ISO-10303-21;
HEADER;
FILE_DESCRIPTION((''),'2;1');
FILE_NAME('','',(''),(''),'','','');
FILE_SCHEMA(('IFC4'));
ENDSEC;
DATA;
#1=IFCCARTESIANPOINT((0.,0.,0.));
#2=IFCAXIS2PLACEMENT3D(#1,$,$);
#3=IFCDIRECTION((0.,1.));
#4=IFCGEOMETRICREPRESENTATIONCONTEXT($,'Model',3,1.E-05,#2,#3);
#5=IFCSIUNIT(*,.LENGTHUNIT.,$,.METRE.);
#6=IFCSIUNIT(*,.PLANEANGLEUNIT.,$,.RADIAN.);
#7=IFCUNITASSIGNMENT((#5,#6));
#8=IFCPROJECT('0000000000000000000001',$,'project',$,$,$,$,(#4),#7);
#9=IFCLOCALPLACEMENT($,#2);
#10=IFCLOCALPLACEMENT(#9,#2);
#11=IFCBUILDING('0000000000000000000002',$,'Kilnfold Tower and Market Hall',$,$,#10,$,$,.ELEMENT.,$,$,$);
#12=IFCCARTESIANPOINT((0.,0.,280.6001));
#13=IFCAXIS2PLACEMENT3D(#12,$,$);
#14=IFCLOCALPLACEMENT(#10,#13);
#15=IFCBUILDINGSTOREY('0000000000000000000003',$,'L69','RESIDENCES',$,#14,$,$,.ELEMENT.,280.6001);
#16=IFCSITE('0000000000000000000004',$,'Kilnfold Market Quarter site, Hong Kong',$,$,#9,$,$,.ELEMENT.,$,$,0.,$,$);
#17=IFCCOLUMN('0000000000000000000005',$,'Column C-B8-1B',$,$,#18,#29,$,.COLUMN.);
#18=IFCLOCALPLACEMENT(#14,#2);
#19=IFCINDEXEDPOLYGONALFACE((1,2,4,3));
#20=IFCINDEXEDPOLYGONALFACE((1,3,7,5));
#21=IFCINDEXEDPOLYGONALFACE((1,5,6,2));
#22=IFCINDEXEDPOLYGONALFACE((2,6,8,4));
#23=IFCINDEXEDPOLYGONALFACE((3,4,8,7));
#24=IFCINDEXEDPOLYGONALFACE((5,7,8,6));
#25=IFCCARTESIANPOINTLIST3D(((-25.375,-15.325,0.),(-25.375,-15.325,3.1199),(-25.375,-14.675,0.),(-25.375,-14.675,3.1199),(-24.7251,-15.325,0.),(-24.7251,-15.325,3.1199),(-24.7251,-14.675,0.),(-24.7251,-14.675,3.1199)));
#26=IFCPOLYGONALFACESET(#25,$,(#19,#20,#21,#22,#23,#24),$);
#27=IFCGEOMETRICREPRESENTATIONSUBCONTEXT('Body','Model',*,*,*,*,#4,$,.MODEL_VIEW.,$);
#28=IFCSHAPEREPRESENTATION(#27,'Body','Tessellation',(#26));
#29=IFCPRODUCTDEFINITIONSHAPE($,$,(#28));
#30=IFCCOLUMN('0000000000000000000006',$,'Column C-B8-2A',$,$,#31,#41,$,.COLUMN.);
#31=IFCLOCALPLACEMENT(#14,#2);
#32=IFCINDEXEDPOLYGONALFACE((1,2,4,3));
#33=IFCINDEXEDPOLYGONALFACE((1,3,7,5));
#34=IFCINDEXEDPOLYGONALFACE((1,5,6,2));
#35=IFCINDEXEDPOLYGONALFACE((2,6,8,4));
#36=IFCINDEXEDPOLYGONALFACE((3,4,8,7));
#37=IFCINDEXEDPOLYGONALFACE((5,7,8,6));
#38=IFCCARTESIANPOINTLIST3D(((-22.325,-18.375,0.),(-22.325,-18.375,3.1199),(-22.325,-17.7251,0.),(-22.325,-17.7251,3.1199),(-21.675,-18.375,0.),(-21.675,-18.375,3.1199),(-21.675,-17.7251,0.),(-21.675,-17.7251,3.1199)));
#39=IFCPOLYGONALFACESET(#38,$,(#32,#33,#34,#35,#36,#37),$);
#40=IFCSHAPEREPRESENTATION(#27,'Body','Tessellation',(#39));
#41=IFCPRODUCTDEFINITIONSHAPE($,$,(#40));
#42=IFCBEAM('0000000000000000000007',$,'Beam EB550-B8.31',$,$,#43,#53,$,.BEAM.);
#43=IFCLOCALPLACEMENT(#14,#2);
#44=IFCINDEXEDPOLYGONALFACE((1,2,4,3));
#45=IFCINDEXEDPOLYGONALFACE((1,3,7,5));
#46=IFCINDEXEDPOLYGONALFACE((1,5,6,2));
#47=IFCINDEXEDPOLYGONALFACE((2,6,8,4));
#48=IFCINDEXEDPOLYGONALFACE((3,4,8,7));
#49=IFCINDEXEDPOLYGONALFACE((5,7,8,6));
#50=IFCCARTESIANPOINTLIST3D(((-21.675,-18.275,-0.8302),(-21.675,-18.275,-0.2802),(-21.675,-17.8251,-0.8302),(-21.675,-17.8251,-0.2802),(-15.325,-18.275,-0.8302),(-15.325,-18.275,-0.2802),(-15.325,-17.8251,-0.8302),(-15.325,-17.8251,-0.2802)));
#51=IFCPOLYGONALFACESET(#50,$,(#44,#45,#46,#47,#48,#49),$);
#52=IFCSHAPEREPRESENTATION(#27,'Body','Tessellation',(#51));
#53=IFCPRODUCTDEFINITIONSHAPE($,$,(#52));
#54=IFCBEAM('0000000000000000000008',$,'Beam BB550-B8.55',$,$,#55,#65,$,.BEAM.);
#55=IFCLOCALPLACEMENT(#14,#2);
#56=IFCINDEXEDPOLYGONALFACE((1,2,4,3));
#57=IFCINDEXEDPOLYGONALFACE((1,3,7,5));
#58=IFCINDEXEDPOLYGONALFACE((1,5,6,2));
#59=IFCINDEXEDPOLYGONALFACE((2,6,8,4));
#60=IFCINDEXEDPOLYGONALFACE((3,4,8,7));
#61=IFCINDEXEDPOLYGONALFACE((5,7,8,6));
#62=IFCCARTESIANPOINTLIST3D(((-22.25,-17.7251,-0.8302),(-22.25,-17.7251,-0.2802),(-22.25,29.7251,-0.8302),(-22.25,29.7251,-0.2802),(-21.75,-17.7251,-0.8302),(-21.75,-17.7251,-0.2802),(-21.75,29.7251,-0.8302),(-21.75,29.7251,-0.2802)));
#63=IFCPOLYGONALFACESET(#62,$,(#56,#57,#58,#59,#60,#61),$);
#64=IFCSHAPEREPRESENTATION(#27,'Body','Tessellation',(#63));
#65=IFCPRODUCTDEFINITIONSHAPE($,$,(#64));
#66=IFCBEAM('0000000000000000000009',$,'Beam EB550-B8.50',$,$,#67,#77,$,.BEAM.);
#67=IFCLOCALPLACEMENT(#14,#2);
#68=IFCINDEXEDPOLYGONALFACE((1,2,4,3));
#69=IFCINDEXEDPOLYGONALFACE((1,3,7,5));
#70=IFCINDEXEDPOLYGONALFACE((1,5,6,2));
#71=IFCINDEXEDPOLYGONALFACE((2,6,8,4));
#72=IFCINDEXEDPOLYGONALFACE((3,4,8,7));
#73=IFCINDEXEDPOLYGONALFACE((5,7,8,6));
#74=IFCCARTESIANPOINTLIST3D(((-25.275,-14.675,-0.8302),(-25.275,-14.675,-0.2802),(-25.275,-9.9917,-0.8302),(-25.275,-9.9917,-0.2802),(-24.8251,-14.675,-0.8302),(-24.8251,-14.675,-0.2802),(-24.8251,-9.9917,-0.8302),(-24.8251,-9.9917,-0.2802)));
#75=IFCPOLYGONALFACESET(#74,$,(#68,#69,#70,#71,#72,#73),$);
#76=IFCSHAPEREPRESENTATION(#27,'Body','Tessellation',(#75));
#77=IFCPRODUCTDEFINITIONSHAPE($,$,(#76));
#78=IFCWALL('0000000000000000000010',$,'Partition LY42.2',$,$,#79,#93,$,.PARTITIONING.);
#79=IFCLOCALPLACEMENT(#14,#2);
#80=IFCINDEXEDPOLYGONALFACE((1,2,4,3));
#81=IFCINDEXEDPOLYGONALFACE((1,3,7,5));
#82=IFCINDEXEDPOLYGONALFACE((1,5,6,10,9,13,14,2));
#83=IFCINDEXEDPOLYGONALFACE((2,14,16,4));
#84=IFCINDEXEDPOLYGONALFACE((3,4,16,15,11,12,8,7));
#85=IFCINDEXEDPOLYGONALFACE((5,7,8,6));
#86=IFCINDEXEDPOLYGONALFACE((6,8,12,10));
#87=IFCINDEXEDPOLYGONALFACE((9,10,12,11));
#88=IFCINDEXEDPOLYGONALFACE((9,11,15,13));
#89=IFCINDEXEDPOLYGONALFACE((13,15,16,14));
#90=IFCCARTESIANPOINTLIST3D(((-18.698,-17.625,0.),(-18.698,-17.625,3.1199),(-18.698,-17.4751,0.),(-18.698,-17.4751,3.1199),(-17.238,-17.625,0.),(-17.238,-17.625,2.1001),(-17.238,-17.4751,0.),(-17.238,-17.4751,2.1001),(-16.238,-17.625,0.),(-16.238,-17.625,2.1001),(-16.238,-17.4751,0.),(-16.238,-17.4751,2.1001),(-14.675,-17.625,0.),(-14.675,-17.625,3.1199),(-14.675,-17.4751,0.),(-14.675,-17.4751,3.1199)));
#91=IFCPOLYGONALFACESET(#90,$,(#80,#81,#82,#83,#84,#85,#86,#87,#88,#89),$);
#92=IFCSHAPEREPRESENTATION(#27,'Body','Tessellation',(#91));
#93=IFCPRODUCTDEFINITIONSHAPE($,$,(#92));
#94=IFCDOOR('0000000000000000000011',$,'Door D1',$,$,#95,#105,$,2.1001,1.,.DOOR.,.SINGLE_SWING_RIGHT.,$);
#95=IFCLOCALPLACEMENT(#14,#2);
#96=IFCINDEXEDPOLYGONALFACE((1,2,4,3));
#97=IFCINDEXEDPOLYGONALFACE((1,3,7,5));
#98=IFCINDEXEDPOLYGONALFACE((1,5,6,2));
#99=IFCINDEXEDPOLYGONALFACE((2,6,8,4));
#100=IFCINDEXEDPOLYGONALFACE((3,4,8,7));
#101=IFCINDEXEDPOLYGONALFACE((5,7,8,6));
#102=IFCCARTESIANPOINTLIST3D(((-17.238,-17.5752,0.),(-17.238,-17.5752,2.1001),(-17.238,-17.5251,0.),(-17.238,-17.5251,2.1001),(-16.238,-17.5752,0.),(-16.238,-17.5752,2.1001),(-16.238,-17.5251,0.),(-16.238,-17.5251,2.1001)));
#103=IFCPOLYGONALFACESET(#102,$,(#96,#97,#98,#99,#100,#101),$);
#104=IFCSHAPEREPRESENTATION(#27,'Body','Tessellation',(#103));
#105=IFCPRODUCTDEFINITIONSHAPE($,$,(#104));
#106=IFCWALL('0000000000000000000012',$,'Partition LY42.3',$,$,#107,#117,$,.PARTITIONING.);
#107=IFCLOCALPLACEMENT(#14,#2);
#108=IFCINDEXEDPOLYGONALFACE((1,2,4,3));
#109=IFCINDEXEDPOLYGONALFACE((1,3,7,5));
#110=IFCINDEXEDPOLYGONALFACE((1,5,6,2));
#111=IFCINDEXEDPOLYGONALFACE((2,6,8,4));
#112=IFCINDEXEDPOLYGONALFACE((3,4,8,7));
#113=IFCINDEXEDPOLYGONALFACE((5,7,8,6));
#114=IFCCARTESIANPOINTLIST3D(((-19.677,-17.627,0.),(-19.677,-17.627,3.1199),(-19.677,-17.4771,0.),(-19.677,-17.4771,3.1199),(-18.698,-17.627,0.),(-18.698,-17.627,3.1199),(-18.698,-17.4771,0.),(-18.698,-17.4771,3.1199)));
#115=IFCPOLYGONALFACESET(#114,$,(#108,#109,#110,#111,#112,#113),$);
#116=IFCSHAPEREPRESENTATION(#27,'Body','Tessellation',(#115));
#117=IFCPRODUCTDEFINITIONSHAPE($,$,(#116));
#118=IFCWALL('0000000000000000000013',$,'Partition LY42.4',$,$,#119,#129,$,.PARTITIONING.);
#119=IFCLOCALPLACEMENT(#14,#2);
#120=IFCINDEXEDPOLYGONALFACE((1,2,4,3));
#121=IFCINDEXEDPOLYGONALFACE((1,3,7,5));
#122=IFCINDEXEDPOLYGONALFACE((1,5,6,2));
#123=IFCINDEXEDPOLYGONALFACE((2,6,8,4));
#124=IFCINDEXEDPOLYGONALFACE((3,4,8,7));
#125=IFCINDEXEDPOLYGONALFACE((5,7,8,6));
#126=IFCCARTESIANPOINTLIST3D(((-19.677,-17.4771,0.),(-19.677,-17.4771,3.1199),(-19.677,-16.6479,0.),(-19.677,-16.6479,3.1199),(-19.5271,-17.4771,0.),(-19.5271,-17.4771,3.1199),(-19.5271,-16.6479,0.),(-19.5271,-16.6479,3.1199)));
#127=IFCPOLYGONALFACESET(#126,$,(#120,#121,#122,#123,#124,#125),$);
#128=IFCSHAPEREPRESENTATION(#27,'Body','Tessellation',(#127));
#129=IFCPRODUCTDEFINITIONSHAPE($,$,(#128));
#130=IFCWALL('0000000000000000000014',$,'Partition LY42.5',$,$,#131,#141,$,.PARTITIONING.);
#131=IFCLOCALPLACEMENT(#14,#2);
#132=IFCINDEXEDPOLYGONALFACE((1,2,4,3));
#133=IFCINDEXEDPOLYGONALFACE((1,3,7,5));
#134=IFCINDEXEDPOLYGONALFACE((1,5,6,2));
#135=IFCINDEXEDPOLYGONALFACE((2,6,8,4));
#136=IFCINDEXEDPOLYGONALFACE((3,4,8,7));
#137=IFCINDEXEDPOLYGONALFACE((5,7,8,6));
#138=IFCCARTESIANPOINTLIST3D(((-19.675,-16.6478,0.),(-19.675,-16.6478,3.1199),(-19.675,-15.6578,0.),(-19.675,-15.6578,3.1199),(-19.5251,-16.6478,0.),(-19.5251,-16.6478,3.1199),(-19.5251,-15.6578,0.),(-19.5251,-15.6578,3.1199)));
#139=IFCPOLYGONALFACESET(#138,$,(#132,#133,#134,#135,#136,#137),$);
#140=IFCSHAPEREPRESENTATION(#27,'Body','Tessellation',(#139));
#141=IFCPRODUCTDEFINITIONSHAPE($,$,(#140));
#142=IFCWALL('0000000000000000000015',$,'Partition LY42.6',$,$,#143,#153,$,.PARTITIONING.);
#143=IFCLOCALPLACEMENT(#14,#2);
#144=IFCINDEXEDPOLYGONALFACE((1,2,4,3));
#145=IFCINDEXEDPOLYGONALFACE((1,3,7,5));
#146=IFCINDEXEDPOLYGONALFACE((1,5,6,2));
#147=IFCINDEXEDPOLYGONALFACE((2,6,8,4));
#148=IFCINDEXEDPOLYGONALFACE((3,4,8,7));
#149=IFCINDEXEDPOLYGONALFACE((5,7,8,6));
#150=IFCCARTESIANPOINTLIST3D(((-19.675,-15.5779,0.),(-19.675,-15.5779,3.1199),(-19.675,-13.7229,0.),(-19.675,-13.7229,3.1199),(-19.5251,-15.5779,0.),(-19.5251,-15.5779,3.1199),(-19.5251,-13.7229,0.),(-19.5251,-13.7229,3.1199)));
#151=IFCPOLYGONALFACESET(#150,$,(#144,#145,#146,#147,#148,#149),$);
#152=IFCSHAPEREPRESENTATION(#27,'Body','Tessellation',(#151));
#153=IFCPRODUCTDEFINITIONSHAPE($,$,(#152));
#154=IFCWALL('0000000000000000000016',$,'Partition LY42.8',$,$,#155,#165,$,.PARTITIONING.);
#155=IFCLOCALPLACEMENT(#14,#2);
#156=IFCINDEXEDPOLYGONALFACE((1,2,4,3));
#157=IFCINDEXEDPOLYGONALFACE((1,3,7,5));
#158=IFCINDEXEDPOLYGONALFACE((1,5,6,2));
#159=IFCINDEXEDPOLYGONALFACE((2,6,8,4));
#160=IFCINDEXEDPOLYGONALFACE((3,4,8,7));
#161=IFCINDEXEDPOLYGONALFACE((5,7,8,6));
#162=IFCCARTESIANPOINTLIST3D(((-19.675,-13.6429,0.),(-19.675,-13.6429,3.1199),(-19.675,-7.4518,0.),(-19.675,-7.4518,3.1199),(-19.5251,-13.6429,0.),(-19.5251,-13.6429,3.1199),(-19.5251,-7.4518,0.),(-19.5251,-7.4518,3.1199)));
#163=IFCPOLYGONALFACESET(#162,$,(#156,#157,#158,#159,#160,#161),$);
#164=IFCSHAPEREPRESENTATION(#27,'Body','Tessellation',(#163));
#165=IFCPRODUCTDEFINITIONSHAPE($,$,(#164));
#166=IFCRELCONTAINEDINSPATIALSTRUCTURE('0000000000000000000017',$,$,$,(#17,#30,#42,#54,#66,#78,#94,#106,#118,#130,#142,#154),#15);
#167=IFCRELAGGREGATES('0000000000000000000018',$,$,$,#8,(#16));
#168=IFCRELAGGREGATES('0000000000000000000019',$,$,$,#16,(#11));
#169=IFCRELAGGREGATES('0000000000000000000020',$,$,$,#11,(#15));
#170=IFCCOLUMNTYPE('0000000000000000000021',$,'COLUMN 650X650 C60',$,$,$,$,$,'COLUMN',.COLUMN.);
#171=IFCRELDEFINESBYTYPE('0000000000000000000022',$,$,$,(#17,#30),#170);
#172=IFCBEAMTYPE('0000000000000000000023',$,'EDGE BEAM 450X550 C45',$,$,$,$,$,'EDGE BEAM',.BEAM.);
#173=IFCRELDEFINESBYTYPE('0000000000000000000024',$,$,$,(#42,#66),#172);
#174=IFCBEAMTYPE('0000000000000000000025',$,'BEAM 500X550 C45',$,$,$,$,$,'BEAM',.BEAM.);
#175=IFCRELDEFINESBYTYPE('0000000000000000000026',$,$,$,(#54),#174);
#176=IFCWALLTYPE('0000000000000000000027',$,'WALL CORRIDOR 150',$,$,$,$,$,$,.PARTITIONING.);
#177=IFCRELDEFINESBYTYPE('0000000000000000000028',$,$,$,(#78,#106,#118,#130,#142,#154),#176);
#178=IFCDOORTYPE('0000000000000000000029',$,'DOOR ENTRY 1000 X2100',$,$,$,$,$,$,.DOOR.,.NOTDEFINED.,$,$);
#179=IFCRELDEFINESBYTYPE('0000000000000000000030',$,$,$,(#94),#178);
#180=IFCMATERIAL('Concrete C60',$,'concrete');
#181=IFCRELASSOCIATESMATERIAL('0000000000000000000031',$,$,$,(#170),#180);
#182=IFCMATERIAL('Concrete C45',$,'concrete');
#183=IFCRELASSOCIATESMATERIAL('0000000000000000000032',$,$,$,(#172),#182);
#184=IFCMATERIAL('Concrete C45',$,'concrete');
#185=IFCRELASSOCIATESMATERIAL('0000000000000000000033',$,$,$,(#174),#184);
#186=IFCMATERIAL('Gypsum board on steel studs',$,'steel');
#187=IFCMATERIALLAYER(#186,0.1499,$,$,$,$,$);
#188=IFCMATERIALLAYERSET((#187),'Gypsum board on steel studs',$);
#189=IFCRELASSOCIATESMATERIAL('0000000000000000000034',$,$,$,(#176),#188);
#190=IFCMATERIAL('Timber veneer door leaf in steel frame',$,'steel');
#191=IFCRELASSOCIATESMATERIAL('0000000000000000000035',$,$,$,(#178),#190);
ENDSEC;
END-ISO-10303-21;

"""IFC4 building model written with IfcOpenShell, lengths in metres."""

from ifc_helpers import new_model, si_unit, direction, frame, frame_2d, origin, origin_2d, place, context, subcontext, project, spatial, rectangle, extrude, source, transform, mapped, material, layer, layer_set, material_profile, profile_set, type_object, element, fill, save


model = new_model("IFC4")

# Units and contexts
model_context = context("Model", 3, precision=1e-05, world=origin(), true_north=direction((0.0, 1.0)))
body_context = subcontext(model_context, "Body", "Model", "MODEL_VIEW")
ifc_project = project(units=[si_unit("LENGTHUNIT", "METRE"), si_unit("PLANEANGLEUNIT", "RADIAN")], contexts=[model_context])

# Site, building, storey
site_placement = place(None, origin())
site = spatial("IfcSite", under=ifc_project, at=site_placement, Name="Kilnfold Market Quarter site, Hong Kong", CompositionType="ELEMENT", RefElevation=0.0)
building_placement = place(site_placement, origin())
building = spatial("IfcBuilding", under=site, at=building_placement, Name="Kilnfold Tower and Market Hall", CompositionType="ELEMENT")
storey_placement = place(building_placement, frame((0.0, 0.0, 280.6001)))
storey = spatial("IfcBuildingStorey", under=building, at=storey_placement, Name="L69", Description="RESIDENCES", CompositionType="ELEMENT", Elevation=280.6001)

# Columns
ifc_material_1 = material(Name="Concrete C60", Category="concrete")
ifc_material_profile_1 = material_profile(ifc_material_1, rectangle(XDim=0.6499, YDim=0.6499, at=origin_2d()), Name="RC 650x650")
ifc_profile_set_1 = profile_set([ifc_material_profile_1], Name="Concrete C60")
column_type = type_object("IfcColumnType", Name="COLUMN 650X650 C60", ElementType="COLUMN", PredefinedType="COLUMN", material=ifc_profile_set_1)
shared_shape_1 = source(origin(), body_context, "Body", "SweptSolid", [
    extrude(rectangle(XDim=0.6499, YDim=0.6499, at=origin_2d()), origin(), (0.0, 0.0, 1.0), 3.1199),
])
for number, where, z_axis, x_axis, name in (
    (1, (-25.05, -15.0, 0.0), (0.0, 0.0, 1.0), (1.0, 0.0, 0.0), "Column C-B8-1B"),
    (2, (-22.0, -18.05, 0.0), (0.0, 0.0, 1.0), (1.0, 0.0, 0.0), "Column C-B8-2A"),
):
    element("IfcColumn", number, at=place(storey_placement, frame(where, z_axis=z_axis, x_axis=x_axis)), inside=storey, type_object=column_type, Name=name, PredefinedType="COLUMN", context=body_context, shape_type="MappedRepresentation", body=[
        mapped(shared_shape_1, transform((0.0, 0.0, 0.0))),
    ])

# Beams
ifc_material_2 = material(Name="Concrete C45", Category="concrete")
ifc_material_profile_2 = material_profile(ifc_material_2, rectangle(XDim=0.45, YDim=0.55, at=origin_2d()), Name="RC 450x550")
ifc_profile_set_2 = profile_set([ifc_material_profile_2], Name="Concrete C45")
beam_type_1 = type_object("IfcBeamType", Name="EDGE BEAM 450X550 C45", ElementType="EDGE BEAM", PredefinedType="BEAM", material=ifc_profile_set_2)
shared_shape_2 = source(origin(), body_context, "Body", "SweptSolid", [
    extrude(rectangle(XDim=0.45, YDim=0.55, at=origin_2d()), origin(), (0.0, 0.0, 1.0), 6.3501),
])
beam_1_placement = place(storey_placement, frame((-21.675, -18.05, -0.5552), z_axis=(1.0, 0.0, 0.0), x_axis=(0.0, 1.0, 0.0)))
element("IfcBeam", 3, at=beam_1_placement, inside=storey, type_object=beam_type_1, Name="Beam EB550-B8.31", PredefinedType="BEAM", context=body_context, shape_type="MappedRepresentation", body=[
    mapped(shared_shape_2, transform((0.0, 0.0, 0.0))),
])
ifc_material_3 = material(Name="Concrete C45", Category="concrete")
ifc_material_profile_3 = material_profile(ifc_material_3, rectangle(XDim=0.5, YDim=0.55, at=origin_2d()), Name="RC 500x550")
ifc_profile_set_3 = profile_set([ifc_material_profile_3], Name="Concrete C45")
beam_type_2 = type_object("IfcBeamType", Name="BEAM 500X550 C45", ElementType="BEAM", PredefinedType="BEAM", material=ifc_profile_set_3)
shared_shape_3 = source(origin(), body_context, "Body", "SweptSolid", [
    extrude(rectangle(XDim=0.5, YDim=0.55, at=origin_2d()), origin(), (0.0, 0.0, 1.0), 47.4502),
])
beam_2_placement = place(storey_placement, frame((-22.0, -17.7251, -0.5552), z_axis=(0.0, 1.0, 0.0), x_axis=(-1.0, 0.0, 0.0)))
element("IfcBeam", 4, at=beam_2_placement, inside=storey, type_object=beam_type_2, Name="Beam BB550-B8.55", PredefinedType="BEAM", context=body_context, shape_type="MappedRepresentation", body=[
    mapped(shared_shape_3, transform((0.0, 0.0, 0.0))),
])
shared_shape_4 = source(origin(), body_context, "Body", "SweptSolid", [
    extrude(rectangle(XDim=0.45, YDim=0.55, at=origin_2d()), origin(), (0.0, 0.0, 1.0), 4.6833),
])
beam_3_placement = place(storey_placement, frame((-25.05, -14.675, -0.5552), z_axis=(0.0, 1.0, 0.0), x_axis=(-1.0, 0.0, 0.0)))
element("IfcBeam", 5, at=beam_3_placement, inside=storey, type_object=beam_type_1, Name="Beam EB550-B8.50", PredefinedType="BEAM", context=body_context, shape_type="MappedRepresentation", body=[
    mapped(shared_shape_4, transform((0.0, 0.0, 0.0))),
])

# Wall, opening, door
ifc_material_4 = material(Name="Gypsum board on steel studs", Category="steel")
ifc_layer_1 = layer(ifc_material_4, 0.1499)
ifc_layer_set_1 = layer_set([ifc_layer_1], Name="Gypsum board on steel studs")
wall_type_1 = type_object("IfcWallType", Name="WALL CORRIDOR 150", PredefinedType="PARTITIONING", material=ifc_layer_set_1)
wall_1_placement = place(storey_placement, frame((-18.698, -17.55, 0.0), z_axis=(0.0, 0.0, 1.0), x_axis=(1.0, 0.0, 0.0)))
wall_1 = element("IfcWall", 6, at=wall_1_placement, inside=storey, type_object=wall_type_1, Name="Partition LY42.2", PredefinedType="PARTITIONING", context=body_context, shape_type="SweptSolid", body=[
    extrude(rectangle(XDim=4.0229, YDim=0.1499, at=frame_2d((2.0115, 0.0))), origin(), (0.0, 0.0, 1.0), 3.1199),
])
opening_1_placement = place(wall_1_placement, frame((1.46, 0.0, 0.0)))
opening_1 = element("IfcOpeningElement", 7, at=opening_1_placement, cuts=wall_1, PredefinedType="OPENING", context=body_context, shape_type="SweptSolid", body=[
    extrude(rectangle(XDim=1.0, YDim=2.1001, at=frame_2d((0.5, 1.05))), frame((0.0, 0.085, 0.0), z_axis=(0.0, -1.0, 0.0), x_axis=(1.0, 0.0, 0.0)), (0.0, 0.0, 1.0), 0.1699),
])
ifc_material_5 = material(Name="Timber veneer door leaf in steel frame", Category="steel")
door_type_1 = type_object("IfcDoorType", Name="DOOR ENTRY 1000 X2100", OperationType="NOTDEFINED", PredefinedType="DOOR", material=ifc_material_5)
door_1_placement = place(opening_1_placement, origin())
door_1 = element("IfcDoor", 8, at=door_1_placement, inside=storey, type_object=door_type_1, Name="Door D1", OperationType="SINGLE_SWING_RIGHT", OverallHeight=2.1001, OverallWidth=1.0, PredefinedType="DOOR", context=body_context, shape_type="SweptSolid", body=[
    extrude(rectangle(XDim=1.0, YDim=2.1001, at=frame_2d((0.5, 1.05))), frame((0.0, 0.0249, 0.0), z_axis=(0.0, -1.0, 0.0), x_axis=(1.0, 0.0, 0.0)), (0.0, 0.0, 1.0), 0.05),
])
fill(opening_1, door_1)

# Walls
wall_2_placement = place(storey_placement, frame((-19.677, -17.552, 0.0), z_axis=(0.0, 0.0, 1.0), x_axis=(1.0, 0.0, 0.0)))
element("IfcWall", 9, at=wall_2_placement, inside=storey, type_object=wall_type_1, Name="Partition LY42.3", PredefinedType="PARTITIONING", context=body_context, shape_type="SweptSolid", body=[
    extrude(rectangle(XDim=0.979, YDim=0.1499, at=frame_2d((0.4895, 0.0))), origin(), (0.0, 0.0, 1.0), 3.1199),
])
wall_3_placement = place(storey_placement, frame((-19.6021, -17.4771, 0.0), z_axis=(0.0, 0.0, 1.0), x_axis=(0.0, 1.0, 0.0)))
element("IfcWall", 10, at=wall_3_placement, inside=storey, type_object=wall_type_1, Name="Partition LY42.4", PredefinedType="PARTITIONING", context=body_context, shape_type="SweptSolid", body=[
    extrude(rectangle(XDim=0.8291, YDim=0.1499, at=frame_2d((0.4146, 0.0))), origin(), (0.0, 0.0, 1.0), 3.1199),
])
wall_4_placement = place(storey_placement, frame((-19.6001, -16.6479, 0.0), z_axis=(0.0, 0.0, 1.0), x_axis=(0.0, 1.0, 0.0)))
element("IfcWall", 11, at=wall_4_placement, inside=storey, type_object=wall_type_1, Name="Partition LY42.5", PredefinedType="PARTITIONING", context=body_context, shape_type="SweptSolid", body=[
    extrude(rectangle(XDim=0.99, YDim=0.1499, at=frame_2d((0.4951, 0.0))), origin(), (0.0, 0.0, 1.0), 3.1199),
])
wall_5_placement = place(storey_placement, frame((-19.6001, -15.5779, 0.0), z_axis=(0.0, 0.0, 1.0), x_axis=(0.0, 1.0, 0.0)))
element("IfcWall", 12, at=wall_5_placement, inside=storey, type_object=wall_type_1, Name="Partition LY42.6", PredefinedType="PARTITIONING", context=body_context, shape_type="SweptSolid", body=[
    extrude(rectangle(XDim=1.855, YDim=0.1499, at=frame_2d((0.9275, 0.0))), origin(), (0.0, 0.0, 1.0), 3.1199),
])
wall_6_placement = place(storey_placement, frame((-19.6001, -13.6431, 0.0), z_axis=(0.0, 0.0, 1.0), x_axis=(0.0, 1.0, 0.0)))
element("IfcWall", 13, at=wall_6_placement, inside=storey, type_object=wall_type_1, Name="Partition LY42.8", PredefinedType="PARTITIONING", context=body_context, shape_type="SweptSolid", body=[
    extrude(rectangle(XDim=6.1912, YDim=0.1499, at=frame_2d((3.0957, 0.0))), origin(), (0.0, 0.0, 1.0), 3.1199),
])

save(model, "model.ifc")
